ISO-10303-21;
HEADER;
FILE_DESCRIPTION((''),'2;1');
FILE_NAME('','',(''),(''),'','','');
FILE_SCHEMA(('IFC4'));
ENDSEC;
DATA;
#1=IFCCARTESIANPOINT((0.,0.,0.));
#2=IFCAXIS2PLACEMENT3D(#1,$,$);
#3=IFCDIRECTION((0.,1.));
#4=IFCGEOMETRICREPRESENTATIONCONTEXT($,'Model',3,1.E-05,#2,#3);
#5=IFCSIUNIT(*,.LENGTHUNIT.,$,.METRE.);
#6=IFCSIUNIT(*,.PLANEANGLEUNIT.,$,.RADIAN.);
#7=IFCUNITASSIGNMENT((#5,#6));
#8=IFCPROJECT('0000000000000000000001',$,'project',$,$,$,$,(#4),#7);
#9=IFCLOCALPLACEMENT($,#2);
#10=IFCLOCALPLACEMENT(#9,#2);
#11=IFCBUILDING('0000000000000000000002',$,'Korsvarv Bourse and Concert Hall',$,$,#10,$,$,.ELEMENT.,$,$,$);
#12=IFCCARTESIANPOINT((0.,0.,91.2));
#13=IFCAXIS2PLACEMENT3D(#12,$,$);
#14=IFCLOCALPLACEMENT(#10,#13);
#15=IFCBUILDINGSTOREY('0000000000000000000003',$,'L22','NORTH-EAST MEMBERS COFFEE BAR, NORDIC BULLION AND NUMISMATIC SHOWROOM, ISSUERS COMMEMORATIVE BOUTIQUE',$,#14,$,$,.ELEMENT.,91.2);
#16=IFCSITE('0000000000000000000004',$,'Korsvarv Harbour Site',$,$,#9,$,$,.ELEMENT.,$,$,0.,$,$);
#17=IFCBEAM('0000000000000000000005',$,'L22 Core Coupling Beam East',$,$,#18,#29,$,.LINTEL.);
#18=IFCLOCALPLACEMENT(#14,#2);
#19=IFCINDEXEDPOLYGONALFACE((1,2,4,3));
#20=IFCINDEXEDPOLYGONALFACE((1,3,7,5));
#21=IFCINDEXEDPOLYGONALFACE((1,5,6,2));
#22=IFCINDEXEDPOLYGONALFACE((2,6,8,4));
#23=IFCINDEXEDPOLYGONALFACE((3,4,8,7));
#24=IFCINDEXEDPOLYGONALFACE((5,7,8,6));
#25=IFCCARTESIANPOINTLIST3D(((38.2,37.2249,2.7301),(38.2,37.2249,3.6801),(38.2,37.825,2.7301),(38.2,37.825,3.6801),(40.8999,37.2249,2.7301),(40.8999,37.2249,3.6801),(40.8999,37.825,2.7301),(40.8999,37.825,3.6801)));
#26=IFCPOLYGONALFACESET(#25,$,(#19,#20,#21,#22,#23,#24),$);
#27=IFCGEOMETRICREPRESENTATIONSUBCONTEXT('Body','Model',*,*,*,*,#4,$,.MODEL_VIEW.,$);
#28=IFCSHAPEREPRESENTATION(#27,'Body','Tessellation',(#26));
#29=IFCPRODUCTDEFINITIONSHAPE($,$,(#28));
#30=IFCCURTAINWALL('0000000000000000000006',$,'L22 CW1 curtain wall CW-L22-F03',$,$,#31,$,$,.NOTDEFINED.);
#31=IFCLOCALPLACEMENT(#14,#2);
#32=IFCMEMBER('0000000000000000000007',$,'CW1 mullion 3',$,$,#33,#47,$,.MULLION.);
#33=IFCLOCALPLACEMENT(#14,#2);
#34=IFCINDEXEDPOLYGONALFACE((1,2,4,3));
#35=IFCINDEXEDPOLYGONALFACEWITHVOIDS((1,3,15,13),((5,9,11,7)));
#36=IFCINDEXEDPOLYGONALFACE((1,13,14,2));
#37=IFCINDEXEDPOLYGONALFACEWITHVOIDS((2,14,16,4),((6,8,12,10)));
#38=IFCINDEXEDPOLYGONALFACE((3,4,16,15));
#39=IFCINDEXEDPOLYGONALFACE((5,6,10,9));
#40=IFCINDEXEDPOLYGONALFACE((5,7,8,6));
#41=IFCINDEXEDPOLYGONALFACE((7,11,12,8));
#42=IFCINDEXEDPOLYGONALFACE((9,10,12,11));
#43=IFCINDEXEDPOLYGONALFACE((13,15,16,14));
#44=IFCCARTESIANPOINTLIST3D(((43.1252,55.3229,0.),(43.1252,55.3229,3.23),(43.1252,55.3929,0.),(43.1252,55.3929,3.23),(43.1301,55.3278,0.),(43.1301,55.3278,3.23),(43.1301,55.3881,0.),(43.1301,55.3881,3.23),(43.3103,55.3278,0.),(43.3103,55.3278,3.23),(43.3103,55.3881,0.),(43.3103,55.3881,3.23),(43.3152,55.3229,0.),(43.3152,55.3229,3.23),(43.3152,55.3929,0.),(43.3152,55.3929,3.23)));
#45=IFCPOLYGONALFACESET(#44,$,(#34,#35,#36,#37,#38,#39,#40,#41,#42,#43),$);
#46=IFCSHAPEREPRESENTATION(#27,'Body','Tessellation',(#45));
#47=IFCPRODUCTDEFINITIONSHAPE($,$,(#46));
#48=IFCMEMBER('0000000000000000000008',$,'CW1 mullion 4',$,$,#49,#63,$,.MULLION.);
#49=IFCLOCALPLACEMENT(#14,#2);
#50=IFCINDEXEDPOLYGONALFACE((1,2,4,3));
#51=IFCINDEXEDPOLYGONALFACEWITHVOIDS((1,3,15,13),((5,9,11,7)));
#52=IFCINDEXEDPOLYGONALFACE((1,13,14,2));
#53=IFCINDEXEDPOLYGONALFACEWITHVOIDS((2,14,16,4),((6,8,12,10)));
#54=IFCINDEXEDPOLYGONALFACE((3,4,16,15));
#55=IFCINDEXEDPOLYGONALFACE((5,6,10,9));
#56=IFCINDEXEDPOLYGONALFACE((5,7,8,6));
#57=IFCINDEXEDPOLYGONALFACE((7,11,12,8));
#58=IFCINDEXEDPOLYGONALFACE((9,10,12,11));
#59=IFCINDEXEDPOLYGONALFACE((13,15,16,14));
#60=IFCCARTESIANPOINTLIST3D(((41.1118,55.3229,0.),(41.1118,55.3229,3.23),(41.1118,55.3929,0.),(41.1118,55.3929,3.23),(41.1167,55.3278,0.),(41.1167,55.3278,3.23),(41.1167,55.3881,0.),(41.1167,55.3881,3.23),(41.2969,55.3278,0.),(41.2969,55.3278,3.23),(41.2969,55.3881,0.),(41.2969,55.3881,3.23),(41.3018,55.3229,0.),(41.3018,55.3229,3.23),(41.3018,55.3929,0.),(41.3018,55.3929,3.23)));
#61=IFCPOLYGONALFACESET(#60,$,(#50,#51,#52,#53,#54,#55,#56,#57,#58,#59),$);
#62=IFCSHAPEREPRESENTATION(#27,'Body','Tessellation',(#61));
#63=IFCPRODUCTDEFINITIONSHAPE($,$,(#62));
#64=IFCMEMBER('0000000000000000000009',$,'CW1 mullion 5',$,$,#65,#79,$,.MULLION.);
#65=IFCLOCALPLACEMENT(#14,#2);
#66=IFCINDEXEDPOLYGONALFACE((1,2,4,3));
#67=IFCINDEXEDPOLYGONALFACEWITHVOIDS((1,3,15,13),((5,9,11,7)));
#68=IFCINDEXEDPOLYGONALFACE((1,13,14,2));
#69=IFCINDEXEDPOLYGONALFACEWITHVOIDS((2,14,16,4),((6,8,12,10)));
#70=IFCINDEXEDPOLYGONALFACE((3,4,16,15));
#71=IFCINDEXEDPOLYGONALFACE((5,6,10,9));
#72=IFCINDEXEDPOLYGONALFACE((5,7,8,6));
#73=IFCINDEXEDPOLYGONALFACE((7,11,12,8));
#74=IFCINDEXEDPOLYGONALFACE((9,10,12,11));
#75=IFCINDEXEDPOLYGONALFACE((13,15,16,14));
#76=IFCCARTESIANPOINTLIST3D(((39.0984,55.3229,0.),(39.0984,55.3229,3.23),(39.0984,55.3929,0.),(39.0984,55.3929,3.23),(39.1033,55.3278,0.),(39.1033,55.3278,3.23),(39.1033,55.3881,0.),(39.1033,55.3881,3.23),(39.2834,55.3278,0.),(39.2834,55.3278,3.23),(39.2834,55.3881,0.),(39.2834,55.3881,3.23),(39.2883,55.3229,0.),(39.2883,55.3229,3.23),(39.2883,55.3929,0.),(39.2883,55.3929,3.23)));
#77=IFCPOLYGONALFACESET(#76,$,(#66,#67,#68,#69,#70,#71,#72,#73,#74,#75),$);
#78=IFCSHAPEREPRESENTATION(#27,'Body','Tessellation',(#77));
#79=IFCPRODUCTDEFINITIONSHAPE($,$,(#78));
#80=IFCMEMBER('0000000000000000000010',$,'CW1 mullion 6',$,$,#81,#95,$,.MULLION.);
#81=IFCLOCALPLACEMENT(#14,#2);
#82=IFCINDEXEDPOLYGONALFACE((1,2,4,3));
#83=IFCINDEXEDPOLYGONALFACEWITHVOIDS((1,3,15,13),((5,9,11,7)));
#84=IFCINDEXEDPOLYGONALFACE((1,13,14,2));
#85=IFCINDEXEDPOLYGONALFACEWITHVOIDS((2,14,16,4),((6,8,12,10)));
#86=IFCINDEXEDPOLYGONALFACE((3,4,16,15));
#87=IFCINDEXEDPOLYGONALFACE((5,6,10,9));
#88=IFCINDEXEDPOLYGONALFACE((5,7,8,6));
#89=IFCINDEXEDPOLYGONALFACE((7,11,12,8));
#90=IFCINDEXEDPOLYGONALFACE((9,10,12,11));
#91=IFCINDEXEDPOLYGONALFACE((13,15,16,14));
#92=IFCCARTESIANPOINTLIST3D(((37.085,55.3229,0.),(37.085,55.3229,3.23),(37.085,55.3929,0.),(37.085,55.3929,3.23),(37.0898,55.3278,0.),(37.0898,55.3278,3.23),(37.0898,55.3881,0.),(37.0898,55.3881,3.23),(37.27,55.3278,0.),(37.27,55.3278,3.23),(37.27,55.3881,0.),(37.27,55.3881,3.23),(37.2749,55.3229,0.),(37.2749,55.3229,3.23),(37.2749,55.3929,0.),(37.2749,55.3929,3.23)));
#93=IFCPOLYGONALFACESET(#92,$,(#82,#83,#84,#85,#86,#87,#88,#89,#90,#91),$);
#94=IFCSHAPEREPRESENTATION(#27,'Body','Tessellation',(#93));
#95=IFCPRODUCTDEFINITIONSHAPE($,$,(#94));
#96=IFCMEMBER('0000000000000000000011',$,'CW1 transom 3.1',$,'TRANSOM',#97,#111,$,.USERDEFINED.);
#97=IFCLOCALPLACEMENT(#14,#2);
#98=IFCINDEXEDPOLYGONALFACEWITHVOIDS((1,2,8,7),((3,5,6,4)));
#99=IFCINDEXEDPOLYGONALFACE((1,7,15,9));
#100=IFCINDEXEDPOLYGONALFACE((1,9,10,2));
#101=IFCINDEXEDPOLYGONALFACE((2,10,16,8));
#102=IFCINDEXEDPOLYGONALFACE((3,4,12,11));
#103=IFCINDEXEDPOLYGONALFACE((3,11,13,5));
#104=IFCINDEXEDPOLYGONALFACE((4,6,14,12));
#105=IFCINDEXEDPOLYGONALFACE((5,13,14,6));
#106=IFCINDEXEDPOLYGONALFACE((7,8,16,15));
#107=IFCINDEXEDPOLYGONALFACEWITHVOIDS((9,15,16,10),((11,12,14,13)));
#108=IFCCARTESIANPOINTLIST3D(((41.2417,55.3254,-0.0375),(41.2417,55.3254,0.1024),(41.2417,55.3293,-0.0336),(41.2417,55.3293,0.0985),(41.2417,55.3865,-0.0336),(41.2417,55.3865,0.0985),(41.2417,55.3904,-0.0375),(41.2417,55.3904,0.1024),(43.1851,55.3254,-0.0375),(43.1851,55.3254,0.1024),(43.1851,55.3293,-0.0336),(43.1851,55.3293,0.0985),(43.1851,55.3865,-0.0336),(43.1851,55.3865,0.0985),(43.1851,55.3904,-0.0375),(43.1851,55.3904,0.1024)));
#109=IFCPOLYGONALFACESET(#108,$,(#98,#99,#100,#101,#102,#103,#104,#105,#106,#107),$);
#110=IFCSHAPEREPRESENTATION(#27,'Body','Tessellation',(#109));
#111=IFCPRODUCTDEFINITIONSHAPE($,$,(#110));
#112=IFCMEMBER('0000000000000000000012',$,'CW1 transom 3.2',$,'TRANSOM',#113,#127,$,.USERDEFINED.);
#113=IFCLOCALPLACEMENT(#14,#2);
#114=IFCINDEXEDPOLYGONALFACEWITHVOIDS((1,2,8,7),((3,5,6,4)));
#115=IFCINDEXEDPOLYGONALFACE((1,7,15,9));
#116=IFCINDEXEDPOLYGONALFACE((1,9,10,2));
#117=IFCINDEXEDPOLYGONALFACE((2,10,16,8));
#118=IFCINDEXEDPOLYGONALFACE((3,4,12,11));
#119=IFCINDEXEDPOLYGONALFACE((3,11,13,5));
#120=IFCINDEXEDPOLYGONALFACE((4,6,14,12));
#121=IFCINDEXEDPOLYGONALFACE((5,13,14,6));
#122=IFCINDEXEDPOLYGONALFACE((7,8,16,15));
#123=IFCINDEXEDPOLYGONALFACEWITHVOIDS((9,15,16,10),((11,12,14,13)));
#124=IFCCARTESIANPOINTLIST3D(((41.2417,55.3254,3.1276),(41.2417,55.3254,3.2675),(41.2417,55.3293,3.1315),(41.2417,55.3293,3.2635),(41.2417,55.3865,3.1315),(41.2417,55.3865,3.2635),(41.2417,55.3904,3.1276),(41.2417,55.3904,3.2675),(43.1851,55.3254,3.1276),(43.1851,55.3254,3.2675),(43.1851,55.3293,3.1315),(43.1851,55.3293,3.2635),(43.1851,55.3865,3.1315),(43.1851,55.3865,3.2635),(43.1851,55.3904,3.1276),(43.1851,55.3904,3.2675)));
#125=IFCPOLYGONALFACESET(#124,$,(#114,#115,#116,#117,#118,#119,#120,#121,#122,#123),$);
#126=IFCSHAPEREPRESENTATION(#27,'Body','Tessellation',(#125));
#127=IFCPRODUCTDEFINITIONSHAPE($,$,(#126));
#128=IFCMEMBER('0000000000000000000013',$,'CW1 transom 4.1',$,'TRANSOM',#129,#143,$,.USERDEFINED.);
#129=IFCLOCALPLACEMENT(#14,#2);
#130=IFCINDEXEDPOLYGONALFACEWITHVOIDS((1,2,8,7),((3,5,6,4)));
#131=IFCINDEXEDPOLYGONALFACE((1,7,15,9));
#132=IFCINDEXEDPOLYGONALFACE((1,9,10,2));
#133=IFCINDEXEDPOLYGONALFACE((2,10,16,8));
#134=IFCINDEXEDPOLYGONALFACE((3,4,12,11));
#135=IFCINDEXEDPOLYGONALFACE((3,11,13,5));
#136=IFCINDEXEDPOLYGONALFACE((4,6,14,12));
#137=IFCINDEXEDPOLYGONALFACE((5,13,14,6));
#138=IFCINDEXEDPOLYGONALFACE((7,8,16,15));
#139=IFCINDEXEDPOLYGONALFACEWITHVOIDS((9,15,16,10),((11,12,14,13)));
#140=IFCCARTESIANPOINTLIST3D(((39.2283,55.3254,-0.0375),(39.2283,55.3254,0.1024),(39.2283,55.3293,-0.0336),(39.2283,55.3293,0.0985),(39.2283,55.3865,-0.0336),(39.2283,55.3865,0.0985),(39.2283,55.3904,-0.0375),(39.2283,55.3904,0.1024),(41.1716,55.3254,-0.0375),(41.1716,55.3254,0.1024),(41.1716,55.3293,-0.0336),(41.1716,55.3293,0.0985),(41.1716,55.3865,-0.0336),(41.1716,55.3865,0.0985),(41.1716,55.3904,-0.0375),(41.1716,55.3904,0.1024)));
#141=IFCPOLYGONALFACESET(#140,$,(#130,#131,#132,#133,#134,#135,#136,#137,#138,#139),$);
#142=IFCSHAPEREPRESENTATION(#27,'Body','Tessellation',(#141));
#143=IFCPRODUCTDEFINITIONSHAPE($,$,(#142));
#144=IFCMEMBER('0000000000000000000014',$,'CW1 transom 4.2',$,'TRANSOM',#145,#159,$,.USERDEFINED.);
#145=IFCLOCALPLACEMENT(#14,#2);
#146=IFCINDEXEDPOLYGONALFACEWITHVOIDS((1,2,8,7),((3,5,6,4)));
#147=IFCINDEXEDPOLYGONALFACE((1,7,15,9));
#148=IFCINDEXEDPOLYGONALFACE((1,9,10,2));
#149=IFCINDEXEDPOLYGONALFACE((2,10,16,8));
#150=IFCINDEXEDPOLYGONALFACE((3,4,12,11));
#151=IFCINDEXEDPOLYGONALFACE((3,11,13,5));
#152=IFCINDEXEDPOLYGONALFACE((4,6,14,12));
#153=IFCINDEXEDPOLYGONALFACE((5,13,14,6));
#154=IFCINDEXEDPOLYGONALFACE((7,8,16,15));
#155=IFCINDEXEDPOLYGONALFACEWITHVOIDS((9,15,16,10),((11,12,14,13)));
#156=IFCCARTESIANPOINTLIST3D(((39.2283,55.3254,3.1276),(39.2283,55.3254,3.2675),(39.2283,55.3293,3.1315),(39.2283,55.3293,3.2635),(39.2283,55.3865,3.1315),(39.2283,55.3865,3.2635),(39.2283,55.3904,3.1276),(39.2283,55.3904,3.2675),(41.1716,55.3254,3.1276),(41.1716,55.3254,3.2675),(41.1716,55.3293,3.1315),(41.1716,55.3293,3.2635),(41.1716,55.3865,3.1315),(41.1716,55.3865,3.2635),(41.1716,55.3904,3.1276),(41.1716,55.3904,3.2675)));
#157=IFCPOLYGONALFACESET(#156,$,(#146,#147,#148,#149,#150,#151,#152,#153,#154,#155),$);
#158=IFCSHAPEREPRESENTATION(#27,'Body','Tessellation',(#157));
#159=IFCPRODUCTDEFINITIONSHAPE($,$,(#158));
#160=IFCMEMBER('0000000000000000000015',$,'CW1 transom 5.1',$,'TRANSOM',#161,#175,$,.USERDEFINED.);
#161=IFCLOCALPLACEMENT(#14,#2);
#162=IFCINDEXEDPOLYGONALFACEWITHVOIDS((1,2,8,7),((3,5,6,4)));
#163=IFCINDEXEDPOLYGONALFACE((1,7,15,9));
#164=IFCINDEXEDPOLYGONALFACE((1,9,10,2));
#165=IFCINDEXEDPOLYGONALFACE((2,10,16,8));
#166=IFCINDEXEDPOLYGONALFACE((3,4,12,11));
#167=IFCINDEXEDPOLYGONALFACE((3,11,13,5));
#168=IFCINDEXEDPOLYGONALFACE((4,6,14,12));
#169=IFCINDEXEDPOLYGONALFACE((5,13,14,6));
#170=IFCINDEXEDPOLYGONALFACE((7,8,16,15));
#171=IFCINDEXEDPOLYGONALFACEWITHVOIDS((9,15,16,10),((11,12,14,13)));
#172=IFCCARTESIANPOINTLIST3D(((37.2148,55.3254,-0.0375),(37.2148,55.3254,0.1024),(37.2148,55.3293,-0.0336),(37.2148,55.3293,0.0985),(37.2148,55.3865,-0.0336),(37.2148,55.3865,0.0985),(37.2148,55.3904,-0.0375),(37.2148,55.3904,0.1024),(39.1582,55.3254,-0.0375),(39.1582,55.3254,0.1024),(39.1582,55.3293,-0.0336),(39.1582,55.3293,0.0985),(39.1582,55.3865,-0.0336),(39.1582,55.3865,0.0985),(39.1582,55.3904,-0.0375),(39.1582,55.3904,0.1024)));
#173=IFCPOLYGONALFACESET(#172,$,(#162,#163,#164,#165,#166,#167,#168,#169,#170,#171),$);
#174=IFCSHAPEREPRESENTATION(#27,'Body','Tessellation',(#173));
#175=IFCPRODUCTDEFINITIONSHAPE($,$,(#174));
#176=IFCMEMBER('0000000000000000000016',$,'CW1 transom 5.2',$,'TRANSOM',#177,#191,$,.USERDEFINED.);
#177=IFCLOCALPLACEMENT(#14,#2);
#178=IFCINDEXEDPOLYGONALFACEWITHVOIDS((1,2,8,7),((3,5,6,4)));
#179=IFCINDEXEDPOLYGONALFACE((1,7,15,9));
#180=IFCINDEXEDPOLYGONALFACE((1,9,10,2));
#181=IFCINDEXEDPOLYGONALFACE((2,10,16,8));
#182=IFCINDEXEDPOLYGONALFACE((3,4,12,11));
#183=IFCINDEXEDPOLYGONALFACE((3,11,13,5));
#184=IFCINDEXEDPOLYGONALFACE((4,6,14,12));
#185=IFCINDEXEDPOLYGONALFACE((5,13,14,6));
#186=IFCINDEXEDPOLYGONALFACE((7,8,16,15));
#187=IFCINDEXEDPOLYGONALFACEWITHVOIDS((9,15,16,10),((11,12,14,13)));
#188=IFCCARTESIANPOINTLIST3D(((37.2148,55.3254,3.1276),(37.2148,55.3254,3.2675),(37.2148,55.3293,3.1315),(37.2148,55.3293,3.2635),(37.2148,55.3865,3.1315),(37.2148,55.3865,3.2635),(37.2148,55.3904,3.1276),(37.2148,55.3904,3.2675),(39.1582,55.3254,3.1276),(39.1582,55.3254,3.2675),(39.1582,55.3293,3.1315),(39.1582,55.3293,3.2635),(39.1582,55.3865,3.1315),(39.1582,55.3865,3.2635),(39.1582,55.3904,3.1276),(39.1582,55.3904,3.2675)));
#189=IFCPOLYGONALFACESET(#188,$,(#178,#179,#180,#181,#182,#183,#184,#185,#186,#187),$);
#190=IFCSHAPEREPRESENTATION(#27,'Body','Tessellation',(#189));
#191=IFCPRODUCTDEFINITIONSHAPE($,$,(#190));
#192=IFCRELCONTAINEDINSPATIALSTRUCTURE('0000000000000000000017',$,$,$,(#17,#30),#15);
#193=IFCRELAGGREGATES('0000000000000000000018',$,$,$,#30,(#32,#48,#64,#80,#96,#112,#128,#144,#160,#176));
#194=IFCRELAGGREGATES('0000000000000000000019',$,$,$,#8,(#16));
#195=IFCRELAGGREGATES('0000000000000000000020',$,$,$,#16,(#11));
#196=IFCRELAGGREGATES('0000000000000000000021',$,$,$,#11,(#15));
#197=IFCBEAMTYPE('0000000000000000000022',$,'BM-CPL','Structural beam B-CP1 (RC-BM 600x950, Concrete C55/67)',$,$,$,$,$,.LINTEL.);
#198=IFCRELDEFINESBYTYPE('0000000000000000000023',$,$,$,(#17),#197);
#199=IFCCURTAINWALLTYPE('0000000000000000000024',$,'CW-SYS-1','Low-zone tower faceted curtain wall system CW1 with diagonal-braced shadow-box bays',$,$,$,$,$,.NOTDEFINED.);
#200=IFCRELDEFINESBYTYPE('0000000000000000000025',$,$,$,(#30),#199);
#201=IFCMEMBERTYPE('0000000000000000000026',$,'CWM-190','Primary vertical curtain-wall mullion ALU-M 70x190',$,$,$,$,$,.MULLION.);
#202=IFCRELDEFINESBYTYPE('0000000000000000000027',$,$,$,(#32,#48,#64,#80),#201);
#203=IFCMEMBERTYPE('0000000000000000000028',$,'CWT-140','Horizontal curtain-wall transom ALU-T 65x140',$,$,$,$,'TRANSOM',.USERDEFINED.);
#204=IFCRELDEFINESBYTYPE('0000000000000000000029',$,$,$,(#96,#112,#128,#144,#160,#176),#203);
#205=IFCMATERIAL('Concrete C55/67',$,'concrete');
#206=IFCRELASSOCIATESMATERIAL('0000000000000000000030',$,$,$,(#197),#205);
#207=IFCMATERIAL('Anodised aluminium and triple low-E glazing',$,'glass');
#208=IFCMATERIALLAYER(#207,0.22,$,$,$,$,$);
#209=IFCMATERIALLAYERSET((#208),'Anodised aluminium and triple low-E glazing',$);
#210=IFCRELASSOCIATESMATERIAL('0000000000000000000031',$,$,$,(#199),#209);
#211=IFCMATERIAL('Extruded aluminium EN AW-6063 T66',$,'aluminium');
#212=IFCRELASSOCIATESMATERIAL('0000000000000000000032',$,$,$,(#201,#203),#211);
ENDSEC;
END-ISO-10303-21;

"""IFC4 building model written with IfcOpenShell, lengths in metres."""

from ifc_helpers import new_model, si_unit, direction, frame, origin, origin_2d, place, context, subcontext, project, spatial, rectangle, hollow_rectangle, extrude, source, transform, mapped, material, layer, layer_set, material_profile, profile_set, type_object, element, aggregate, save


model = new_model("IFC4")

# Units and contexts
model_context = context("Model", 3, precision=1e-05, world=origin(), true_north=direction((0.0, 1.0)))
body_context = subcontext(model_context, "Body", "Model", "MODEL_VIEW")
ifc_project = project(units=[si_unit("LENGTHUNIT", "METRE"), si_unit("PLANEANGLEUNIT", "RADIAN")], contexts=[model_context])

# Site, building, storey
site_placement = place(None, origin())
site = spatial("IfcSite", under=ifc_project, at=site_placement, Name="Korsvarv Harbour Site", CompositionType="ELEMENT", RefElevation=0.0)
building_placement = place(site_placement, origin())
building = spatial("IfcBuilding", under=site, at=building_placement, Name="Korsvarv Bourse and Concert Hall", CompositionType="ELEMENT")
storey_placement = place(building_placement, frame((0.0, 0.0, 91.2)))
storey = spatial("IfcBuildingStorey", under=building, at=storey_placement, Name="L22", Description="NORTH-EAST MEMBERS COFFEE BAR, NORDIC BULLION AND NUMISMATIC SHOWROOM, ISSUERS COMMEMORATIVE BOUTIQUE", CompositionType="ELEMENT", Elevation=91.2)

# Beam
ifc_material_1 = material(Name="Concrete C55/67", Category="concrete")
ifc_material_profile_1 = material_profile(ifc_material_1, rectangle(XDim=0.6001, YDim=0.95, at=origin_2d()), Name="RC-BM 600x950")
ifc_profile_set_1 = profile_set([ifc_material_profile_1], Name="Concrete C55/67")
beam_type = type_object("IfcBeamType", Name="BM-CPL", Description="Structural beam B-CP1 (RC-BM 600x950, Concrete C55/67)", PredefinedType="LINTEL", material=ifc_profile_set_1)
shared_shape_1 = source(origin(), body_context, "Body", "SweptSolid", [
    extrude(rectangle(XDim=0.6001, YDim=0.95, at=origin_2d()), origin(), (0.0, 0.0, 1.0), 2.7),
])
beam_placement = place(storey_placement, frame((38.2, 37.5249, 3.2051), z_axis=(1.0, 0.0, 0.0), x_axis=(0.0, 1.0, 0.0)))
element("IfcBeam", 1, at=beam_placement, inside=storey, type_object=beam_type, Name="L22 Core Coupling Beam East", PredefinedType="LINTEL", context=body_context, shape_type="MappedRepresentation", body=[
    mapped(shared_shape_1, transform((0.0, 0.0, 0.0), scale=1.0)),
])

# Curtain wall, members
ifc_material_2 = material(Name="Anodised aluminium and triple low-E glazing", Category="glass")
ifc_layer_1 = layer(ifc_material_2, 0.22)
ifc_layer_set_1 = layer_set([ifc_layer_1], Name="Anodised aluminium and triple low-E glazing")
curtain_wall_type = type_object("IfcCurtainWallType", Name="CW-SYS-1", Description="Low-zone tower faceted curtain wall system CW1 with diagonal-braced shadow-box bays", PredefinedType="NOTDEFINED", material=ifc_layer_set_1)
curtain_wall_placement = place(storey_placement, origin())
curtain_wall = element("IfcCurtainWall", 2, at=curtain_wall_placement, inside=storey, type_object=curtain_wall_type, Name="L22 CW1 curtain wall CW-L22-F03", PredefinedType="NOTDEFINED")
ifc_material_3 = material(Name="Extruded aluminium EN AW-6063 T66", Category="aluminium")
ifc_material_profile_2 = material_profile(ifc_material_3, hollow_rectangle(XDim=0.0701, YDim=0.1899, WallThickness=0.0049, at=origin_2d()), Name="ALU-M 70x190")
ifc_profile_set_2 = profile_set([ifc_material_profile_2], Name="Extruded aluminium EN AW-6063 T66")
member_type_1 = type_object("IfcMemberType", Name="CWM-190", Description="Primary vertical curtain-wall mullion ALU-M 70x190", PredefinedType="MULLION", material=ifc_profile_set_2)
shared_shape_2 = source(origin(), body_context, "Body", "SweptSolid", [
    extrude(hollow_rectangle(XDim=0.0701, YDim=0.1899, WallThickness=0.0049, at=origin_2d()), origin(), (0.0, 0.0, 1.0), 3.23),
])
member_1_placement = place(storey_placement, frame((43.2202, 55.3579, 0.0), z_axis=(0.0, 0.0, 1.0), x_axis=(0.0, -1.0, 0.0)))
member_1 = element("IfcMember", 3, at=member_1_placement, type_object=member_type_1, Name="CW1 mullion 3", PredefinedType="MULLION", context=body_context, shape_type="MappedRepresentation", body=[
    mapped(shared_shape_2, transform((0.0, 0.0, 0.0), scale=1.0)),
])
member_2_placement = place(storey_placement, frame((41.2068, 55.3579, 0.0), z_axis=(0.0, 0.0, 1.0), x_axis=(0.0, -1.0, 0.0)))
member_2 = element("IfcMember", 4, at=member_2_placement, type_object=member_type_1, Name="CW1 mullion 4", PredefinedType="MULLION", context=body_context, shape_type="MappedRepresentation", body=[
    mapped(shared_shape_2, transform((0.0, 0.0, 0.0), scale=1.0)),
])
member_3_placement = place(storey_placement, frame((39.1934, 55.3579, 0.0), z_axis=(0.0, 0.0, 1.0), x_axis=(0.0, -1.0, 0.0)))
member_3 = element("IfcMember", 5, at=member_3_placement, type_object=member_type_1, Name="CW1 mullion 5", PredefinedType="MULLION", context=body_context, shape_type="MappedRepresentation", body=[
    mapped(shared_shape_2, transform((0.0, 0.0, 0.0), scale=1.0)),
])
member_4_placement = place(storey_placement, frame((37.1799, 55.3579, 0.0), z_axis=(0.0, 0.0, 1.0), x_axis=(0.0, -1.0, 0.0)))
member_4 = element("IfcMember", 6, at=member_4_placement, type_object=member_type_1, Name="CW1 mullion 6", PredefinedType="MULLION", context=body_context, shape_type="MappedRepresentation", body=[
    mapped(shared_shape_2, transform((0.0, 0.0, 0.0), scale=1.0)),
])
ifc_material_profile_3 = material_profile(ifc_material_3, hollow_rectangle(XDim=0.0649, YDim=0.1399, WallThickness=0.0039, at=origin_2d()), Name="ALU-T 65x140")
ifc_profile_set_3 = profile_set([ifc_material_profile_3], Name="Extruded aluminium EN AW-6063 T66")
member_type_2 = type_object("IfcMemberType", Name="CWT-140", Description="Horizontal curtain-wall transom ALU-T 65x140", ElementType="TRANSOM", PredefinedType="USERDEFINED", material=ifc_profile_set_3)
shared_shape_3 = source(origin(), body_context, "Body", "SweptSolid", [
    extrude(hollow_rectangle(XDim=0.0649, YDim=0.1399, WallThickness=0.0039, at=origin_2d()), origin(), (0.0, 0.0, 1.0), 1.9434),
])
member_5_placement = place(storey_placement, frame((43.1851, 55.3579, 0.0325), z_axis=(-1.0, 0.0, 0.0), x_axis=(0.0, -1.0, 0.0)))
member_5 = element("IfcMember", 7, at=member_5_placement, type_object=member_type_2, Name="CW1 transom 3.1", ObjectType="TRANSOM", PredefinedType="USERDEFINED", context=body_context, shape_type="MappedRepresentation", body=[
    mapped(shared_shape_3, transform((0.0, 0.0, 0.0), scale=1.0)),
])
member_6_placement = place(storey_placement, frame((43.1851, 55.3579, 3.1975), z_axis=(-1.0, 0.0, 0.0), x_axis=(0.0, -1.0, 0.0)))
member_6 = element("IfcMember", 8, at=member_6_placement, type_object=member_type_2, Name="CW1 transom 3.2", ObjectType="TRANSOM", PredefinedType="USERDEFINED", context=body_context, shape_type="MappedRepresentation", body=[
    mapped(shared_shape_3, transform((0.0, 0.0, 0.0), scale=1.0)),
])
member_7_placement = place(storey_placement, frame((41.1716, 55.3579, 0.0325), z_axis=(-1.0, 0.0, 0.0), x_axis=(0.0, -1.0, 0.0)))
member_7 = element("IfcMember", 9, at=member_7_placement, type_object=member_type_2, Name="CW1 transom 4.1", ObjectType="TRANSOM", PredefinedType="USERDEFINED", context=body_context, shape_type="MappedRepresentation", body=[
    mapped(shared_shape_3, transform((0.0, 0.0, 0.0), scale=1.0)),
])
member_8_placement = place(storey_placement, frame((41.1716, 55.3579, 3.1975), z_axis=(-1.0, 0.0, 0.0), x_axis=(0.0, -1.0, 0.0)))
member_8 = element("IfcMember", 10, at=member_8_placement, type_object=member_type_2, Name="CW1 transom 4.2", ObjectType="TRANSOM", PredefinedType="USERDEFINED", context=body_context, shape_type="MappedRepresentation", body=[
    mapped(shared_shape_3, transform((0.0, 0.0, 0.0), scale=1.0)),
])
member_9_placement = place(storey_placement, frame((39.1582, 55.3579, 0.0325), z_axis=(-1.0, 0.0, 0.0), x_axis=(0.0, -1.0, 0.0)))
member_9 = element("IfcMember", 11, at=member_9_placement, type_object=member_type_2, Name="CW1 transom 5.1", ObjectType="TRANSOM", PredefinedType="USERDEFINED", context=body_context, shape_type="MappedRepresentation", body=[
    mapped(shared_shape_3, transform((0.0, 0.0, 0.0), scale=1.0)),
])
member_10_placement = place(storey_placement, frame((39.1582, 55.3579, 3.1975), z_axis=(-1.0, 0.0, 0.0), x_axis=(0.0, -1.0, 0.0)))
member_10 = element("IfcMember", 12, at=member_10_placement, type_object=member_type_2, Name="CW1 transom 5.2", ObjectType="TRANSOM", PredefinedType="USERDEFINED", context=body_context, shape_type="MappedRepresentation", body=[
    mapped(shared_shape_3, transform((0.0, 0.0, 0.0), scale=1.0)),
])
aggregate(curtain_wall, [member_1, member_2, member_3, member_4, member_5, member_6, member_7, member_8, member_9, member_10])

save(model, "model.ifc")
